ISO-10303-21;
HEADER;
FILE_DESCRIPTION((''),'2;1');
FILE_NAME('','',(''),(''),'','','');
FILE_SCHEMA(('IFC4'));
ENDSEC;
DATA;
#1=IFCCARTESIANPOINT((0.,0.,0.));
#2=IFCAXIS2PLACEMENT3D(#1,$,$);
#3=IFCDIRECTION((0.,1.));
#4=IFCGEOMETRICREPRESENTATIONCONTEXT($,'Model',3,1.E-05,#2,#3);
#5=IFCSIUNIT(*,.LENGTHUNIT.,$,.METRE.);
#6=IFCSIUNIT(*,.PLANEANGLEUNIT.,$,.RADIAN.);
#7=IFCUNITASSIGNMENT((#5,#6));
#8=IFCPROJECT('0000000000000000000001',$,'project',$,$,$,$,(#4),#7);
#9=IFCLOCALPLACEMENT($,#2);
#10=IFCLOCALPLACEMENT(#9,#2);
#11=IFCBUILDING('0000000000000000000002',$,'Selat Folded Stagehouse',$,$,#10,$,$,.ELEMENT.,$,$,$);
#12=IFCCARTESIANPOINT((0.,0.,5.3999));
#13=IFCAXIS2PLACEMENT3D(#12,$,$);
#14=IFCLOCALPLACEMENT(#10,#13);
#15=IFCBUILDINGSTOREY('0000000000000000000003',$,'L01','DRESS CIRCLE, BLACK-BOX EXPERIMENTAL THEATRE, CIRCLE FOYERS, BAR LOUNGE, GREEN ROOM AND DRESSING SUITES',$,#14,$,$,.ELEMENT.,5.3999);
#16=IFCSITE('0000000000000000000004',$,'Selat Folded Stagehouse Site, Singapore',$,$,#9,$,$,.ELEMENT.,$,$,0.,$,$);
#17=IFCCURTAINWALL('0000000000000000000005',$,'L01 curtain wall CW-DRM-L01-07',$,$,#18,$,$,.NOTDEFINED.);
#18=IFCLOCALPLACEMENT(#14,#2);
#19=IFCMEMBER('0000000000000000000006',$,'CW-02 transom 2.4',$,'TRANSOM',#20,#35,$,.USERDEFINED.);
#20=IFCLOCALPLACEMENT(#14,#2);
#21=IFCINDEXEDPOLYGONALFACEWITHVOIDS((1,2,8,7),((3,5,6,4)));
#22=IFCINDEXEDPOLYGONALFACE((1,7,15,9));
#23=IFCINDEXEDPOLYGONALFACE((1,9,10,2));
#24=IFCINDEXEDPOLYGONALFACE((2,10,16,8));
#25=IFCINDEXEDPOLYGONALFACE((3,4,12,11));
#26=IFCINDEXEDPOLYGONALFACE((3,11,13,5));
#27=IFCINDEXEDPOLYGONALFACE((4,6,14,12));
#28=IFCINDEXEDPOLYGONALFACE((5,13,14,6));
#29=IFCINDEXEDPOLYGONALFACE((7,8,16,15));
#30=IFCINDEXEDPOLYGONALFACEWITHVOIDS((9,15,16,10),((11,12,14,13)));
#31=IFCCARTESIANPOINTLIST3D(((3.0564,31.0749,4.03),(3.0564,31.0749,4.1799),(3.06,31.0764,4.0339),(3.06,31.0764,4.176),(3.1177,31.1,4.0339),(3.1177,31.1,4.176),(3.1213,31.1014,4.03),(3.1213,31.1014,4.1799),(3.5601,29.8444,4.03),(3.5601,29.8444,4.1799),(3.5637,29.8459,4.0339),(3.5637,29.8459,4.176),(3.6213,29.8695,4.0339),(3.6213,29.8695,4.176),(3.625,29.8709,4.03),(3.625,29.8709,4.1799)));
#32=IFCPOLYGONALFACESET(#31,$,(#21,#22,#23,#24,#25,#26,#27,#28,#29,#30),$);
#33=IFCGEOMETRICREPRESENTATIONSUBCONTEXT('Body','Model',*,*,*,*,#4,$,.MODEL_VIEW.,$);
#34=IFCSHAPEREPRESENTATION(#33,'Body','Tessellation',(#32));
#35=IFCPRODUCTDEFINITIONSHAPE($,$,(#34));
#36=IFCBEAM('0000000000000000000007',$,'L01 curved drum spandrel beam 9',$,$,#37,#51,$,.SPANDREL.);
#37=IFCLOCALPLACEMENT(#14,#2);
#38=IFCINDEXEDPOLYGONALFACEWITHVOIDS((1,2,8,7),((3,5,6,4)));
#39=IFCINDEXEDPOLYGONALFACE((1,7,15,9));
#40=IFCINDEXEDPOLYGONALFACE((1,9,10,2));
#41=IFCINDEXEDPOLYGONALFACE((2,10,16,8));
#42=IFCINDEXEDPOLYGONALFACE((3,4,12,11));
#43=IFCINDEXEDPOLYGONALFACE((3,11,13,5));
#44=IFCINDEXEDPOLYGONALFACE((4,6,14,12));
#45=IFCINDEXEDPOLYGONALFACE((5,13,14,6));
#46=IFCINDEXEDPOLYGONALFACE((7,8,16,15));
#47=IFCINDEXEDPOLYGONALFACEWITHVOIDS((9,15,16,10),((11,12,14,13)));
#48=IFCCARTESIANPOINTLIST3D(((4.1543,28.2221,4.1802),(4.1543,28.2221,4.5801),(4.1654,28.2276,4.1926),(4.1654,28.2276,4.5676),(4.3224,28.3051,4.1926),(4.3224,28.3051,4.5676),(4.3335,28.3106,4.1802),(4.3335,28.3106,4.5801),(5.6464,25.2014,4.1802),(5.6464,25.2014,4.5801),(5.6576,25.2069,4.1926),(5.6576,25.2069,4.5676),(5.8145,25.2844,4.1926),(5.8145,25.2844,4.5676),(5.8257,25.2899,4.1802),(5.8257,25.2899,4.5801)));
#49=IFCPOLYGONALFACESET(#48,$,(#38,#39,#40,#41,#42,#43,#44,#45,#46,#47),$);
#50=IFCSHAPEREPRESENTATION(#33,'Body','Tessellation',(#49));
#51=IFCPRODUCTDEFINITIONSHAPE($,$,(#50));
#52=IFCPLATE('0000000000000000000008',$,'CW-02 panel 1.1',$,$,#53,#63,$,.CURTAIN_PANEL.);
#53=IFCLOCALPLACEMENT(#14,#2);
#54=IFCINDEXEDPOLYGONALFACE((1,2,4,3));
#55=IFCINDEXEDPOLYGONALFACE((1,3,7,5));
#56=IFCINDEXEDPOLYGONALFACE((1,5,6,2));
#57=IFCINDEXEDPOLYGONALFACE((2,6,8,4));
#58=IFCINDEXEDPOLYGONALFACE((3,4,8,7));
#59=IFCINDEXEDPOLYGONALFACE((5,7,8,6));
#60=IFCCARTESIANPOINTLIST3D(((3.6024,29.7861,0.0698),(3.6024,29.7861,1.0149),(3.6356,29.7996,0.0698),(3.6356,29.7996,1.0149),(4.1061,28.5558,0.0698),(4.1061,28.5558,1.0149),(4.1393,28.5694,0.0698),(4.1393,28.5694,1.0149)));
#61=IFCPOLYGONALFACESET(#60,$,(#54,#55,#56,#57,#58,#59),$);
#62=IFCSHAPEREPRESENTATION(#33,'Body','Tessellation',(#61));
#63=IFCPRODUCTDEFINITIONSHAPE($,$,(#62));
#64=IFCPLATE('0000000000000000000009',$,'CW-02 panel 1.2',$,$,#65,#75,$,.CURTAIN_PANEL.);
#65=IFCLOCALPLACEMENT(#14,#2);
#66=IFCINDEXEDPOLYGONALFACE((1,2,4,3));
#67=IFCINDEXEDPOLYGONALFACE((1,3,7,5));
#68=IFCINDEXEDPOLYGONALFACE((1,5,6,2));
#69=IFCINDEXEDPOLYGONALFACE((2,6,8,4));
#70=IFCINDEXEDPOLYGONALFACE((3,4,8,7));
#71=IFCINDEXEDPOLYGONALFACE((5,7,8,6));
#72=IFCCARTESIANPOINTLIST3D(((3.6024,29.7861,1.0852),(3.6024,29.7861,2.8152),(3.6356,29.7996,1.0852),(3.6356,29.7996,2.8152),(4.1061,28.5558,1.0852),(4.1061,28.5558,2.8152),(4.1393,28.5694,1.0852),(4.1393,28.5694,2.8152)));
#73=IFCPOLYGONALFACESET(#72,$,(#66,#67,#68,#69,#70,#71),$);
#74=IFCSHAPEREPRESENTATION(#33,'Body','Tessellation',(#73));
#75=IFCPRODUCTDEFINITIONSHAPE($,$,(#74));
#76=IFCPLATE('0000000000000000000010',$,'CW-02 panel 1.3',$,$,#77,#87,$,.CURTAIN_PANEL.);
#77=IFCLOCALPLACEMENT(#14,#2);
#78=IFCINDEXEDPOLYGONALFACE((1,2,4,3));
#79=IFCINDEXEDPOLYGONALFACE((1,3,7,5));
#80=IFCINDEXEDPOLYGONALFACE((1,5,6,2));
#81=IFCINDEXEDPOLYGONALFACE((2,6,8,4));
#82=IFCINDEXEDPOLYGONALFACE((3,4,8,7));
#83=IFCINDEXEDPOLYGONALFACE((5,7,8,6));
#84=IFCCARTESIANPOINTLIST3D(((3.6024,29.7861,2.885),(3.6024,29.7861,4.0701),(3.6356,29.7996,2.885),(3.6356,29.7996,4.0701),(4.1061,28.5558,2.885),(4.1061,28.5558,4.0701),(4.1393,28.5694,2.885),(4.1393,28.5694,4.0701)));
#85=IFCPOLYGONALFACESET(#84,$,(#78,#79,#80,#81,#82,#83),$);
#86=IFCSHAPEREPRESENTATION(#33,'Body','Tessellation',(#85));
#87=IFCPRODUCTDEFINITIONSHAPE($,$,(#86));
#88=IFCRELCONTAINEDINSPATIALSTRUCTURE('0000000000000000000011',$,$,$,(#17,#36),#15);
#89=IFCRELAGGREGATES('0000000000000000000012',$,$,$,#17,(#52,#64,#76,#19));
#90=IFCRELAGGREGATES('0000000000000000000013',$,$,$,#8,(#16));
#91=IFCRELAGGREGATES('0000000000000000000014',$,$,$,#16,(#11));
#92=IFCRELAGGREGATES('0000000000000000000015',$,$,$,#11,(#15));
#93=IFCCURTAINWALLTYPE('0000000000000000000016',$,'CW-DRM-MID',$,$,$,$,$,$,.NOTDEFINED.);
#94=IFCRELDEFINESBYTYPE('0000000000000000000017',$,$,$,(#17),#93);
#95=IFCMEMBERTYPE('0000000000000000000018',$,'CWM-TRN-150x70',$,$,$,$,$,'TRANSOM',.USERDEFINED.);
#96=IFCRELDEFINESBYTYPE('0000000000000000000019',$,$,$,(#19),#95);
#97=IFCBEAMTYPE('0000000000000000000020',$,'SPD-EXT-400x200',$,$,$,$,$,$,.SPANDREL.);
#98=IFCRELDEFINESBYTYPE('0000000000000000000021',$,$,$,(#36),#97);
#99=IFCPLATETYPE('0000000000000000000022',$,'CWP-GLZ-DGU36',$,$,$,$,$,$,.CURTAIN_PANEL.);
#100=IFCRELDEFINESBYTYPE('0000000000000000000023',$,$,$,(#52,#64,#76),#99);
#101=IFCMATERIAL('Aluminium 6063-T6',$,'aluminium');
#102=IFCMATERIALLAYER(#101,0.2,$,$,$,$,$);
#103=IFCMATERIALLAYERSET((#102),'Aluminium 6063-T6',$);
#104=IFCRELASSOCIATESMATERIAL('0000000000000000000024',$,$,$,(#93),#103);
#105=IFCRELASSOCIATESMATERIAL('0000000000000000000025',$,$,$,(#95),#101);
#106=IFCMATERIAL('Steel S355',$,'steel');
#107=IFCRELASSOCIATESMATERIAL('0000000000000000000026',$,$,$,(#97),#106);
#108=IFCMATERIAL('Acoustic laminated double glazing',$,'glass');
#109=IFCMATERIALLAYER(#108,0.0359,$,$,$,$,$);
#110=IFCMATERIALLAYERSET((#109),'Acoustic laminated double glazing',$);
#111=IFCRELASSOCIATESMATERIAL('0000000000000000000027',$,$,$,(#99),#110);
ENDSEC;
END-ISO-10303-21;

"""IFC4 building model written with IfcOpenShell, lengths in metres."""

from ifc_helpers import new_model, si_unit, direction, frame, origin, origin_2d, place, context, subcontext, project, spatial, rectangle, hollow_rectangle, extrude, material, layer, layer_set, material_profile, profile_set, type_object, element, aggregate, save


model = new_model("IFC4")

# Units and contexts
model_context = context("Model", 3, precision=1e-05, world=origin(), true_north=direction((0.0, 1.0)))
body_context = subcontext(model_context, "Body", "Model", "MODEL_VIEW")
ifc_project = project(units=[si_unit("LENGTHUNIT", "METRE"), si_unit("PLANEANGLEUNIT", "RADIAN")], contexts=[model_context])

# Site, building, storey
site_placement = place(None, origin())
site = spatial("IfcSite", under=ifc_project, at=site_placement, Name="Selat Folded Stagehouse Site, Singapore", CompositionType="ELEMENT", RefElevation=0.0)
building_placement = place(site_placement, origin())
building = spatial("IfcBuilding", under=site, at=building_placement, Name="Selat Folded Stagehouse", CompositionType="ELEMENT")
storey_placement = place(building_placement, frame((0.0, 0.0, 5.3999)))
storey = spatial("IfcBuildingStorey", under=building, at=storey_placement, Name="L01", Description="DRESS CIRCLE, BLACK-BOX EXPERIMENTAL THEATRE, CIRCLE FOYERS, BAR LOUNGE, GREEN ROOM AND DRESSING SUITES", CompositionType="ELEMENT", Elevation=5.3999)

# Shared definitions
ifc_material_1 = material(Name="Steel S355", Category="steel")

# Curtain wall
ifc_material_2 = material(Name="Aluminium 6063-T6", Category="aluminium")
ifc_layer_1 = layer(ifc_material_2, 0.2)
ifc_layer_set_1 = layer_set([ifc_layer_1], Name="Aluminium 6063-T6")
curtain_wall_type = type_object("IfcCurtainWallType", Name="CW-DRM-MID", PredefinedType="NOTDEFINED", material=ifc_layer_set_1)
curtain_wall_1_placement = place(storey_placement, origin())
curtain_wall_1 = element("IfcCurtainWall", 1, at=curtain_wall_1_placement, inside=storey, type_object=curtain_wall_type, Name="L01 curtain wall CW-DRM-L01-07", PredefinedType="NOTDEFINED")

# Member
ifc_material_profile_1 = material_profile(ifc_material_2, hollow_rectangle(XDim=0.0701, YDim=0.1499, WallThickness=0.0039, at=origin_2d()), Name="ALU 150x70x4.0")
ifc_profile_set_1 = profile_set([ifc_material_profile_1], Name="Aluminium 6063-T6")
member_type_1 = type_object("IfcMemberType", Name="CWM-TRN-150x70", ElementType="TRANSOM", PredefinedType="USERDEFINED", material=ifc_profile_set_1)
member_1_placement = place(storey_placement, frame((3.5925, 29.8577, 4.105), z_axis=(-0.378819, 0.925471, 0.0), x_axis=(-0.925471, -0.378819, 0.0)))
member_1 = element("IfcMember", 2, at=member_1_placement, type_object=member_type_1, Name="CW-02 transom 2.4", ObjectType="TRANSOM", PredefinedType="USERDEFINED", context=body_context, shape_type="SweptSolid", body=[
    extrude(hollow_rectangle(XDim=0.0701, YDim=0.1499, WallThickness=0.0039, at=origin_2d()), origin(), (0.0, 0.0, 1.0), 1.3296),
])

# Beam
ifc_material_profile_2 = material_profile(ifc_material_1, hollow_rectangle(XDim=0.2, YDim=0.3999, WallThickness=0.0125, at=origin_2d()), Name="RHS 400x200x12.5")
ifc_profile_set_2 = profile_set([ifc_material_profile_2], Name="Steel S355")
beam_type = type_object("IfcBeamType", Name="SPD-EXT-400x200", PredefinedType="SPANDREL", material=ifc_profile_set_2)
beam_placement = place(storey_placement, frame((4.2439, 28.2664, 4.3801), z_axis=(0.44289, -0.896576, 0.0), x_axis=(0.896576, 0.44289, 0.0)))
element("IfcBeam", 3, at=beam_placement, inside=storey, type_object=beam_type, Name="L01 curved drum spandrel beam 9", PredefinedType="SPANDREL", context=body_context, shape_type="SweptSolid", body=[
    extrude(hollow_rectangle(XDim=0.2, YDim=0.3999, WallThickness=0.0125, at=origin_2d()), origin(), (0.0, 0.0, 1.0), 3.3691),
])

# Plates
ifc_material_3 = material(Name="Acoustic laminated double glazing", Category="glass")
ifc_layer_2 = layer(ifc_material_3, 0.0359)
ifc_layer_set_2 = layer_set([ifc_layer_2], Name="Acoustic laminated double glazing")
plate_type = type_object("IfcPlateType", Name="CWP-GLZ-DGU36", PredefinedType="CURTAIN_PANEL", material=ifc_layer_set_2)
plate_1_placement = place(storey_placement, frame((3.8708, 29.1777, 0.0698), z_axis=(0.0, 0.0, 1.0), x_axis=(-0.378891, 0.925441, 0.0)))
plate_1 = element("IfcPlate", 4, at=plate_1_placement, type_object=plate_type, Name="CW-02 panel 1.1", PredefinedType="CURTAIN_PANEL", context=body_context, shape_type="SweptSolid", body=[
    extrude(rectangle(XDim=1.3293, YDim=0.0359, at=origin_2d()), origin(), (0.0, 0.0, 1.0), 0.9451),
])
plate_2_placement = place(storey_placement, frame((3.8708, 29.1777, 1.0852), z_axis=(0.0, 0.0, 1.0), x_axis=(-0.378891, 0.925441, 0.0)))
plate_2 = element("IfcPlate", 5, at=plate_2_placement, type_object=plate_type, Name="CW-02 panel 1.2", PredefinedType="CURTAIN_PANEL", context=body_context, shape_type="SweptSolid", body=[
    extrude(rectangle(XDim=1.3293, YDim=0.0359, at=origin_2d()), origin(), (0.0, 0.0, 1.0), 1.73),
])
plate_3_placement = place(storey_placement, frame((3.8708, 29.1777, 2.885), z_axis=(0.0, 0.0, 1.0), x_axis=(-0.378891, 0.925441, 0.0)))
plate_3 = element("IfcPlate", 6, at=plate_3_placement, type_object=plate_type, Name="CW-02 panel 1.3", PredefinedType="CURTAIN_PANEL", context=body_context, shape_type="SweptSolid", body=[
    extrude(rectangle(XDim=1.3293, YDim=0.0359, at=origin_2d()), origin(), (0.0, 0.0, 1.0), 1.1851),
])
aggregate(curtain_wall_1, [plate_1, plate_2, plate_3, member_1])

save(model, "model.ifc")
